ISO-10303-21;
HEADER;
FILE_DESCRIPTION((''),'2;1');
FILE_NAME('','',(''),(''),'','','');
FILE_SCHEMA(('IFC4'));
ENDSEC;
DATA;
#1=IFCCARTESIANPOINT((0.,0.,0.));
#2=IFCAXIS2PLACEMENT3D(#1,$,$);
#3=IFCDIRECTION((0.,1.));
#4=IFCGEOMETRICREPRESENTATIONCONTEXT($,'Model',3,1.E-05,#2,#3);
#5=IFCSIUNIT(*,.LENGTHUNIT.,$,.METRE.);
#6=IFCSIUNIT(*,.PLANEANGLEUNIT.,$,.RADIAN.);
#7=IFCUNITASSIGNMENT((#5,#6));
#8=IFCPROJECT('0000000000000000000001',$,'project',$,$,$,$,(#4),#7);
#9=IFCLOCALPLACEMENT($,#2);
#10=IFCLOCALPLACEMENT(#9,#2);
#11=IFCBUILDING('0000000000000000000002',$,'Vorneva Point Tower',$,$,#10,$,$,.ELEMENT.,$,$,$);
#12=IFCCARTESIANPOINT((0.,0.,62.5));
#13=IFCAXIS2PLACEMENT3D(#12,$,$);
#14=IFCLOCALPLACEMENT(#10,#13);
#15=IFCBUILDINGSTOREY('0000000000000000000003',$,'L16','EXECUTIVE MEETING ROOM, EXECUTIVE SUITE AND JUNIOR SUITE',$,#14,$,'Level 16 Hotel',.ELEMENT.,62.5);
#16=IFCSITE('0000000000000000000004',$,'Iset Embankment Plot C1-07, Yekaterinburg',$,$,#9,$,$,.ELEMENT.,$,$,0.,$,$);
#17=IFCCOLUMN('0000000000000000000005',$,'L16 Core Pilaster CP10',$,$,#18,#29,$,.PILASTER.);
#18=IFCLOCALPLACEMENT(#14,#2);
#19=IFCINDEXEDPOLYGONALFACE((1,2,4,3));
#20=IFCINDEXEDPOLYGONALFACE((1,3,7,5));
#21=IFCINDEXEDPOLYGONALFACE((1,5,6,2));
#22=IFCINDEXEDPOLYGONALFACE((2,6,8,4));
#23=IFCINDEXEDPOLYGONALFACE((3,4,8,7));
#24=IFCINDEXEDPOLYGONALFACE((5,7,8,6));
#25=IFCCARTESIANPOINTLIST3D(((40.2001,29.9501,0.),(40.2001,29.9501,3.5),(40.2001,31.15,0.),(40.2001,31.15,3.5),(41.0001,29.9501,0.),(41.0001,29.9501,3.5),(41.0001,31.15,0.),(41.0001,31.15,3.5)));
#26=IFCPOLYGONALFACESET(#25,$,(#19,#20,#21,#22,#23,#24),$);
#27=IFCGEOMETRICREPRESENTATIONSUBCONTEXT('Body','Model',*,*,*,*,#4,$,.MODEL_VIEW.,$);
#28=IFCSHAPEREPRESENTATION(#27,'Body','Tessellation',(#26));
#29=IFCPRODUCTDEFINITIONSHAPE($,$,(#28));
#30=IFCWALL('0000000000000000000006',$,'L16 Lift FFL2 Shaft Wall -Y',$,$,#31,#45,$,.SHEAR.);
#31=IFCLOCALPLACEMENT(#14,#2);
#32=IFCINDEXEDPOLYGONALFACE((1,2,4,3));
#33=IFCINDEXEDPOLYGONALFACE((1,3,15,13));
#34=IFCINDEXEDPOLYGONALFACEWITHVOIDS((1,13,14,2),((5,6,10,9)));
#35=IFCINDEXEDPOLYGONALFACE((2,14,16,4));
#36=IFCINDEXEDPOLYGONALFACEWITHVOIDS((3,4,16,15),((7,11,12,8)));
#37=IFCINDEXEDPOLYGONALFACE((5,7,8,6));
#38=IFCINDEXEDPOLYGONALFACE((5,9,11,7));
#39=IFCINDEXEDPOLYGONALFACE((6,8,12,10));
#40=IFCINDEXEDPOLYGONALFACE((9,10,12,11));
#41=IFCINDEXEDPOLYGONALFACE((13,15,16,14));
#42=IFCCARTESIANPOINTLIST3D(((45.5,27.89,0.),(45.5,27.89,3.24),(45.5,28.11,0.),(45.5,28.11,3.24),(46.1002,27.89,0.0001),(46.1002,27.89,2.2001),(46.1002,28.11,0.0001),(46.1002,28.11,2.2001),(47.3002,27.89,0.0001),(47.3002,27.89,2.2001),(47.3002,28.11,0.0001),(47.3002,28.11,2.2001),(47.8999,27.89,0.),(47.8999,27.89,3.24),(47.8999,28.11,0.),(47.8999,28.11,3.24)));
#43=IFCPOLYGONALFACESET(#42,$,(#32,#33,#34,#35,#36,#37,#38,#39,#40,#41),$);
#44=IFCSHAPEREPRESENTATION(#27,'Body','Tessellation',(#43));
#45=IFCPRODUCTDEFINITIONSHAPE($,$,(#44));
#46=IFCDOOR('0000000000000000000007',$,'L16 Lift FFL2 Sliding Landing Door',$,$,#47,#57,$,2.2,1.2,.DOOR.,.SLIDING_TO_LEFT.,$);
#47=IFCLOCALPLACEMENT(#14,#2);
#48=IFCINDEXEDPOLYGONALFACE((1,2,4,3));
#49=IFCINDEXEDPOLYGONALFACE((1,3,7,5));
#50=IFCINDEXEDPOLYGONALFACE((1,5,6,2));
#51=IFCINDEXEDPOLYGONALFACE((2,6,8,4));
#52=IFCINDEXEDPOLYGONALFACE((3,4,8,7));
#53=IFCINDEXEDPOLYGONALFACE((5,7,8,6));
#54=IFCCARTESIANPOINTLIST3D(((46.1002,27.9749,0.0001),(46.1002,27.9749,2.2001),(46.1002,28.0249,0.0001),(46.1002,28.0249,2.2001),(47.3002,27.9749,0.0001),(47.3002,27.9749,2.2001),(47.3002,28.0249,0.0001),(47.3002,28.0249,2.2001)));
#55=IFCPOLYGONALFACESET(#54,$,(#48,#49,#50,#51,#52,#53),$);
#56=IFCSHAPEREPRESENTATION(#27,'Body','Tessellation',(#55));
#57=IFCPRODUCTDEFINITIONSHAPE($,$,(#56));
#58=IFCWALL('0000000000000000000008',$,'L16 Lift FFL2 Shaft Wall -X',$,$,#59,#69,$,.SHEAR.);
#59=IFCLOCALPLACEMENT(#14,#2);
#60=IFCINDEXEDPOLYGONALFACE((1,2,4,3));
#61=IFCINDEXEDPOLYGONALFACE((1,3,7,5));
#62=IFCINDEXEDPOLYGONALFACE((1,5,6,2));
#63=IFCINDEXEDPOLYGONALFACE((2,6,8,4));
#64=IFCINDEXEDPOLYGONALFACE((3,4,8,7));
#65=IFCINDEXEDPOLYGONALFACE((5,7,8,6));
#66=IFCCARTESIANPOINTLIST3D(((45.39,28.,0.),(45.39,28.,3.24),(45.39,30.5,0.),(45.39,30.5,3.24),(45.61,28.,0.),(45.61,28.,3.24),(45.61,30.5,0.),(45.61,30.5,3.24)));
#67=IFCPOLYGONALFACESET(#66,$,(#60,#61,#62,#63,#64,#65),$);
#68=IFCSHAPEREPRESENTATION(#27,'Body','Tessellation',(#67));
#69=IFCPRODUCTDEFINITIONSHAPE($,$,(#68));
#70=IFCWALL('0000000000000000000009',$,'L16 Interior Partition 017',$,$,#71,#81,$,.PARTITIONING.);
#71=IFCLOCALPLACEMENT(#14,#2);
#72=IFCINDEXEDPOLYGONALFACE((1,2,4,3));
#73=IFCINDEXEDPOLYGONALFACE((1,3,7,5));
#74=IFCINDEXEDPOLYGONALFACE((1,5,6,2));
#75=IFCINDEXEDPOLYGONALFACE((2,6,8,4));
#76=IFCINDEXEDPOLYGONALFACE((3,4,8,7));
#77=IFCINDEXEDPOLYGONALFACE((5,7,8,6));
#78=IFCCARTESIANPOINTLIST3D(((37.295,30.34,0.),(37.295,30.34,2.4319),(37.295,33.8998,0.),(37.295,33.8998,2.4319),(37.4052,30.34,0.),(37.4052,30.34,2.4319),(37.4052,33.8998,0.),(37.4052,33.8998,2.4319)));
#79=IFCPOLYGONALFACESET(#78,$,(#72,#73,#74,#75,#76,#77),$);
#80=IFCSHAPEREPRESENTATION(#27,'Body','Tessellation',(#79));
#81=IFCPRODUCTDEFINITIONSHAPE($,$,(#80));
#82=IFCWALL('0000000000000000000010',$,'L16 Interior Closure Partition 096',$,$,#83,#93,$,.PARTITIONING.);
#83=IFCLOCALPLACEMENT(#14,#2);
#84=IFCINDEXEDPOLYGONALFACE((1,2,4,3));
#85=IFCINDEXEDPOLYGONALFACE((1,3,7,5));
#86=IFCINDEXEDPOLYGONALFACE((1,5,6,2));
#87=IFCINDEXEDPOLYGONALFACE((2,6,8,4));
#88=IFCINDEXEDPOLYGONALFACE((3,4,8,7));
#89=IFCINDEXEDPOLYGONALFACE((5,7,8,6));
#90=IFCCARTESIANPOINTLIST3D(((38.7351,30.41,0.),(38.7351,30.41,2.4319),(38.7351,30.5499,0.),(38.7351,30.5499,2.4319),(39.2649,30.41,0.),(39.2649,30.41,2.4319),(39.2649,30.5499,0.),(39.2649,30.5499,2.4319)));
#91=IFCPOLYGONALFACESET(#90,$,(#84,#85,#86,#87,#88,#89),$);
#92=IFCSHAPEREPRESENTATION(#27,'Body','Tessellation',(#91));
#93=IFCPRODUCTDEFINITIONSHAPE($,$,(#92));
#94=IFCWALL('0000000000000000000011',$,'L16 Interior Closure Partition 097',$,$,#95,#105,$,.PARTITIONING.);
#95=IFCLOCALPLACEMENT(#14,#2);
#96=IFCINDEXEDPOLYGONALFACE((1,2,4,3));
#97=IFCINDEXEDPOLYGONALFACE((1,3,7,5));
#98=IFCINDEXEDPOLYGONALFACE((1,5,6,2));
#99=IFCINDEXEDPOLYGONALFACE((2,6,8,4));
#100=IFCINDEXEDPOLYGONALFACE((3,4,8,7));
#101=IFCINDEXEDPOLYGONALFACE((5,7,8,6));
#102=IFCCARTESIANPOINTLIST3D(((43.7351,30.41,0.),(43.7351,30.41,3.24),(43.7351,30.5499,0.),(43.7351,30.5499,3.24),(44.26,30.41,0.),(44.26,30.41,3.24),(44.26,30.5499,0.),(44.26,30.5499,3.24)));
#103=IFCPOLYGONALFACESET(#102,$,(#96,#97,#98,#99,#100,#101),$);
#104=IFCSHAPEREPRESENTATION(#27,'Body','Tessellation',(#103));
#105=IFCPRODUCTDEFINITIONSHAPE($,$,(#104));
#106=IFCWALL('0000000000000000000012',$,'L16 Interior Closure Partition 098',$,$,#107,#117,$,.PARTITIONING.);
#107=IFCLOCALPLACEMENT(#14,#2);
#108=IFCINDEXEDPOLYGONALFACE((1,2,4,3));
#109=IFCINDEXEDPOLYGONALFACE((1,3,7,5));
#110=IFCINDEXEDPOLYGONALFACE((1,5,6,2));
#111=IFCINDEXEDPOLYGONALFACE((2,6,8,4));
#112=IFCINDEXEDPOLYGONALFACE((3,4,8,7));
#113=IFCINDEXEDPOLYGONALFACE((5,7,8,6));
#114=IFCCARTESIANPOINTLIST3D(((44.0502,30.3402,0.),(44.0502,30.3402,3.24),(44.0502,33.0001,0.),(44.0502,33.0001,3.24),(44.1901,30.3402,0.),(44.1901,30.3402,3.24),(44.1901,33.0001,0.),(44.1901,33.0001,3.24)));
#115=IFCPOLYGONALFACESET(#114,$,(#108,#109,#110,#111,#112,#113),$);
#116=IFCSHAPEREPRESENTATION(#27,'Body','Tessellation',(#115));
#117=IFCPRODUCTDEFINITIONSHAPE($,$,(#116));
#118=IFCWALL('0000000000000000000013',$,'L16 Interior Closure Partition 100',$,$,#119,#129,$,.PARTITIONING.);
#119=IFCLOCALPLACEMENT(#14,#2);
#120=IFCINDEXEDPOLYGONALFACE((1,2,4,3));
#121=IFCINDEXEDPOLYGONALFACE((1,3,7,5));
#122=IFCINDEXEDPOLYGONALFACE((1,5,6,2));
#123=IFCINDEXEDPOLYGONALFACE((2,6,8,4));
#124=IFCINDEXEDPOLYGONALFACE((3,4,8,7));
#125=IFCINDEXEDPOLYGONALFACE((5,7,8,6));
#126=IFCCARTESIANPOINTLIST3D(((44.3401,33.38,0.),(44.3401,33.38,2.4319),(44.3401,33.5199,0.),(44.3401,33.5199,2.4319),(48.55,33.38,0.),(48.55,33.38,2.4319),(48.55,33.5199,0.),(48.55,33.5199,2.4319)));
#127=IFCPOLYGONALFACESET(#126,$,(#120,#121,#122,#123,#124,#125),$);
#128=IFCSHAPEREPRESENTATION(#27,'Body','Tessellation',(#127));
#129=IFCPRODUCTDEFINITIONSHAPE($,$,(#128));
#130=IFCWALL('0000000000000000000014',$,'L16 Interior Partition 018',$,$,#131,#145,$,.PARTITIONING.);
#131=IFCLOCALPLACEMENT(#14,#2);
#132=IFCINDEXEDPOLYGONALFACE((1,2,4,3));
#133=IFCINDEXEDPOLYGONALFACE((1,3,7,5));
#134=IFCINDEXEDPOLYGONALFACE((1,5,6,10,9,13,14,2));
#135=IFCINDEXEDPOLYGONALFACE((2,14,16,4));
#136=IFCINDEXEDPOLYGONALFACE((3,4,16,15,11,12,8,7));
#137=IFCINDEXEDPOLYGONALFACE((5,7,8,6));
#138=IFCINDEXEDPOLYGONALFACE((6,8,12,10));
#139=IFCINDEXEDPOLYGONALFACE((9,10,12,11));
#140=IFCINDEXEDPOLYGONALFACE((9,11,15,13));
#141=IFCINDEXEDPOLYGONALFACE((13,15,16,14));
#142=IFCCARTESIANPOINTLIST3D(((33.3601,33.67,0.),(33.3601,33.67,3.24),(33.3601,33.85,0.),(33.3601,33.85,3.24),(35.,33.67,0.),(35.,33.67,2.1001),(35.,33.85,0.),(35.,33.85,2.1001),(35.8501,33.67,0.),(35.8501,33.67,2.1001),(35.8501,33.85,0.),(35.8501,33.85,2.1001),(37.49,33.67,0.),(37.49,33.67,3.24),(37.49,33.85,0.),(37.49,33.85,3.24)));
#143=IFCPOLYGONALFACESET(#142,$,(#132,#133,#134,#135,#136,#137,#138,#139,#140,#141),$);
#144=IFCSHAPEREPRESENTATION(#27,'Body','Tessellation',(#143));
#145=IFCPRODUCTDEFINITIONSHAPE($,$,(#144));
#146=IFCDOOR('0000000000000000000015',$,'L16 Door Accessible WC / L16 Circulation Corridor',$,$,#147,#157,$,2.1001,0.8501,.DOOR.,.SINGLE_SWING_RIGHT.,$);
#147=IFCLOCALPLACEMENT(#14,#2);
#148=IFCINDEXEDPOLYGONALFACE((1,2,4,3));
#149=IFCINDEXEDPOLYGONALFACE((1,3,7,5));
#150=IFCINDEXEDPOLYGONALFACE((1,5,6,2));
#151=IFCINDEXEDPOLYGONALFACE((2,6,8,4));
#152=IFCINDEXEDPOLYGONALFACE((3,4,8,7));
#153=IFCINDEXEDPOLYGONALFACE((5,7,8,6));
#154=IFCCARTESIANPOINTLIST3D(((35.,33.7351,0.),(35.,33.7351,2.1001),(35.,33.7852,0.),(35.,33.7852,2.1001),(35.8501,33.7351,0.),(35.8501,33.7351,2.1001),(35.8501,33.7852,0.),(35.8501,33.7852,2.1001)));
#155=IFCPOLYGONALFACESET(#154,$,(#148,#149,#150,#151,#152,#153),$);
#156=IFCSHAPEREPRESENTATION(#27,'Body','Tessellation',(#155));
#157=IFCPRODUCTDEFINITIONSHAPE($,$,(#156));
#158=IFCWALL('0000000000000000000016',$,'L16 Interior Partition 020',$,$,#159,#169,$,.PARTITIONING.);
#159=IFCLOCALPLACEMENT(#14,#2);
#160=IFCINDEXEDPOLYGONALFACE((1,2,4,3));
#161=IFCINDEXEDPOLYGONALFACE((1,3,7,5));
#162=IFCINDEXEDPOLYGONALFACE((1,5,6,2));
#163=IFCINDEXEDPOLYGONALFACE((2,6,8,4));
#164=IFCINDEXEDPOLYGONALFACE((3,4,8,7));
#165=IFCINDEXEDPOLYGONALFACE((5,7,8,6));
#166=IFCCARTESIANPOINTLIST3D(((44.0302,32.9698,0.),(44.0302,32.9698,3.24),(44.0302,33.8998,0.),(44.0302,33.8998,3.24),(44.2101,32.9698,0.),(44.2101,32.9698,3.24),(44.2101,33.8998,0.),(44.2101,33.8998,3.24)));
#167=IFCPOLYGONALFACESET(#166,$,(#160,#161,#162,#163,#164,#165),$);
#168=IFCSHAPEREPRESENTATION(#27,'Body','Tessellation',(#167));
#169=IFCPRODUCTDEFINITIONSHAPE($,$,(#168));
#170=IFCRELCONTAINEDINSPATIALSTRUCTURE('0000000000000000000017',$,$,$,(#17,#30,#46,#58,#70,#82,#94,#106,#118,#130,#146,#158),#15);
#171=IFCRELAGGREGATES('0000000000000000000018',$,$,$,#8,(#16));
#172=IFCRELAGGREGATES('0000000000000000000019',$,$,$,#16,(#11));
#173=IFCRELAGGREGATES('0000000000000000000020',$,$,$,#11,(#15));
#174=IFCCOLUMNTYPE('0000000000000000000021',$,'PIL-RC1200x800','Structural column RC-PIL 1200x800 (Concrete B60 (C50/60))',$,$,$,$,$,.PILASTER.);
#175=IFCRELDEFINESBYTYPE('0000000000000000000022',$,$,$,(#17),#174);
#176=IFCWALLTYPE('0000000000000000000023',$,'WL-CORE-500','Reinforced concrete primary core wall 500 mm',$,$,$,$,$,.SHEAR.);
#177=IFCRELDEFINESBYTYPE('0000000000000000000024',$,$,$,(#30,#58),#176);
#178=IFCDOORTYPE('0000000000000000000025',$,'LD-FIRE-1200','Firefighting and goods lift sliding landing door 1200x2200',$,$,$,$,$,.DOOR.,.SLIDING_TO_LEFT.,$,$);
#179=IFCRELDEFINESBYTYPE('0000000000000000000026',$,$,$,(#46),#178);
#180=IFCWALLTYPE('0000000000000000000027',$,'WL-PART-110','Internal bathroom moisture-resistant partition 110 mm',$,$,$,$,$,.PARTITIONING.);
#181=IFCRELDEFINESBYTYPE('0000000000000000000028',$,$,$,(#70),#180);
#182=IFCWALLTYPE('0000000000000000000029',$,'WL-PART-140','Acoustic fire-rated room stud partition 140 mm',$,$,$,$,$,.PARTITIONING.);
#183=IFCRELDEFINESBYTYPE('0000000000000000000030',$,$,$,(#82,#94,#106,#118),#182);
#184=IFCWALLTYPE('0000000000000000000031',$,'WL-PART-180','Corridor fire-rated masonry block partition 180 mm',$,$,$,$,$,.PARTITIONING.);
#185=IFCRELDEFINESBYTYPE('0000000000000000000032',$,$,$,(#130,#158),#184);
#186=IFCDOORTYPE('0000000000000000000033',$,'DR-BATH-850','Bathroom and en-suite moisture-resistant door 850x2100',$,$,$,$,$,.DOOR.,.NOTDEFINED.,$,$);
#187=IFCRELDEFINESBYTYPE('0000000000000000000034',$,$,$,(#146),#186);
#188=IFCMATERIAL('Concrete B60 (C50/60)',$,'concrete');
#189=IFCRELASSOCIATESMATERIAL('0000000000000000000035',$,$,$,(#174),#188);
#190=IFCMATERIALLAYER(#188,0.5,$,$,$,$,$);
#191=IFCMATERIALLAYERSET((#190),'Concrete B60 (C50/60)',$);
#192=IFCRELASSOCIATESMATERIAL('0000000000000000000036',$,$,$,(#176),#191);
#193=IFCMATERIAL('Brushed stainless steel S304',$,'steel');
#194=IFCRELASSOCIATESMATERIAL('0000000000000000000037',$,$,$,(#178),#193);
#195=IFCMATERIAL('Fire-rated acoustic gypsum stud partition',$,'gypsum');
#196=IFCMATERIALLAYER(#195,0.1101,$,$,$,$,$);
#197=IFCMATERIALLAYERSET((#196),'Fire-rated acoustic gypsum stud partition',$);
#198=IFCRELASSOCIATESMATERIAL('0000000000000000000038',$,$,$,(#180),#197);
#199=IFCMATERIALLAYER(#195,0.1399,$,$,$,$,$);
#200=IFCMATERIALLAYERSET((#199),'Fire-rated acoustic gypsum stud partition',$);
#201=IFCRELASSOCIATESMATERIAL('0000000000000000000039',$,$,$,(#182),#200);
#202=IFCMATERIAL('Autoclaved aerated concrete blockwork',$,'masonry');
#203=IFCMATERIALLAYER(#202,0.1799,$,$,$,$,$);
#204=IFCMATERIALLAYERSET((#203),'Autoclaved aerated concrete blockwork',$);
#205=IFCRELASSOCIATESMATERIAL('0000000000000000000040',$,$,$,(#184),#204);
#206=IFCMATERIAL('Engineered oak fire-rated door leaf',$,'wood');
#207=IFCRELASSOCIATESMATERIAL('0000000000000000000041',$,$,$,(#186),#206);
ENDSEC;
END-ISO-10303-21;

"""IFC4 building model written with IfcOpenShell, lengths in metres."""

from ifc_helpers import new_model, si_unit, direction, frame, frame_2d, origin, origin_2d, place, context, subcontext, project, spatial, rectangle, extrude, material, layer, layer_set, material_profile, profile_set, type_object, element, fill, save


model = new_model("IFC4")

# Units and contexts
model_context = context("Model", 3, precision=1e-05, world=origin(), true_north=direction((0.0, 1.0)))
body_context = subcontext(model_context, "Body", "Model", "MODEL_VIEW")
ifc_project = project(units=[si_unit("LENGTHUNIT", "METRE"), si_unit("PLANEANGLEUNIT", "RADIAN")], contexts=[model_context])

# Site, building, storey
site_placement = place(None, origin())
site = spatial("IfcSite", under=ifc_project, at=site_placement, Name="Iset Embankment Plot C1-07, Yekaterinburg", CompositionType="ELEMENT", RefElevation=0.0)
building_placement = place(site_placement, origin())
building = spatial("IfcBuilding", under=site, at=building_placement, Name="Vorneva Point Tower", CompositionType="ELEMENT")
storey_placement = place(building_placement, frame((0.0, 0.0, 62.5)))
storey = spatial("IfcBuildingStorey", under=building, at=storey_placement, Name="L16", Description="EXECUTIVE MEETING ROOM, EXECUTIVE SUITE AND JUNIOR SUITE", LongName="Level 16 Hotel", CompositionType="ELEMENT", Elevation=62.5)

# Column
ifc_material_1 = material(Name="Concrete B60 (C50/60)", Category="concrete")
ifc_material_profile = material_profile(ifc_material_1, rectangle(XDim=0.8, YDim=1.2, at=origin_2d()), Name="RC-PIL 1200x800")
ifc_profile_set = profile_set([ifc_material_profile], Name="Concrete B60 (C50/60)")
column_type = type_object("IfcColumnType", Name="PIL-RC1200x800", Description="Structural column RC-PIL 1200x800 (Concrete B60 (C50/60))", PredefinedType="PILASTER", material=ifc_profile_set)
column_placement = place(storey_placement, frame((40.6001, 30.55, 0.0), z_axis=(0.0, 0.0, 1.0), x_axis=(1.0, 0.0, 0.0)))
element("IfcColumn", 1, at=column_placement, inside=storey, type_object=column_type, Name="L16 Core Pilaster CP10", PredefinedType="PILASTER", context=body_context, shape_type="SweptSolid", body=[
    extrude(rectangle(XDim=0.8, YDim=1.2, at=origin_2d()), origin(), (0.0, 0.0, 1.0), 3.5),
])

# Wall, opening, door
ifc_layer_1 = layer(ifc_material_1, 0.5)
ifc_layer_set_1 = layer_set([ifc_layer_1], Name="Concrete B60 (C50/60)")
wall_type_1 = type_object("IfcWallType", Name="WL-CORE-500", Description="Reinforced concrete primary core wall 500 mm", PredefinedType="SHEAR", material=ifc_layer_set_1)
wall_1_placement = place(storey_placement, frame((45.5, 28.0, 0.0), z_axis=(0.0, 0.0, 1.0), x_axis=(1.0, 0.0, 0.0)))
wall_1 = element("IfcWall", 2, at=wall_1_placement, inside=storey, type_object=wall_type_1, Name="L16 Lift FFL2 Shaft Wall -Y", PredefinedType="SHEAR", context=body_context, shape_type="SweptSolid", body=[
    extrude(rectangle(XDim=2.3999, YDim=0.22, at=frame_2d((1.2, 0.0))), origin(), (0.0, 0.0, 1.0), 3.24),
])
opening_1_placement = place(wall_1_placement, frame((0.6001, 0.0, 0.0)))
opening_1 = element("IfcOpeningElement", 3, at=opening_1_placement, cuts=wall_1, PredefinedType="OPENING", context=body_context, shape_type="SweptSolid", body=[
    extrude(rectangle(XDim=1.2, YDim=2.2, at=frame_2d((0.6001, 1.1001))), frame((0.0, 0.125, 0.0), z_axis=(0.0, -1.0, 0.0), x_axis=(1.0, 0.0, 0.0)), (0.0, 0.0, 1.0), 0.2498),
])
ifc_material_2 = material(Name="Brushed stainless steel S304", Category="steel")
door_type_1 = type_object("IfcDoorType", Name="LD-FIRE-1200", Description="Firefighting and goods lift sliding landing door 1200x2200", OperationType="SLIDING_TO_LEFT", PredefinedType="DOOR", material=ifc_material_2)
door_1_placement = place(opening_1_placement, origin())
door_1 = element("IfcDoor", 4, at=door_1_placement, inside=storey, type_object=door_type_1, Name="L16 Lift FFL2 Sliding Landing Door", OperationType="SLIDING_TO_LEFT", OverallHeight=2.2, OverallWidth=1.2, PredefinedType="DOOR", context=body_context, shape_type="SweptSolid", body=[
    extrude(rectangle(XDim=1.2, YDim=2.2, at=frame_2d((0.6001, 1.1001))), frame((0.0, 0.0249, 0.0), z_axis=(0.0, -1.0, 0.0), x_axis=(1.0, 0.0, 0.0)), (0.0, 0.0, 1.0), 0.05),
])
fill(opening_1, door_1)

# Walls
wall_2_placement = place(storey_placement, frame((45.5, 30.5, 0.0), z_axis=(0.0, 0.0, 1.0), x_axis=(0.0, -1.0, 0.0)))
element("IfcWall", 5, at=wall_2_placement, inside=storey, type_object=wall_type_1, Name="L16 Lift FFL2 Shaft Wall -X", PredefinedType="SHEAR", context=body_context, shape_type="SweptSolid", body=[
    extrude(rectangle(XDim=2.5, YDim=0.22, at=frame_2d((1.25, 0.0))), origin(), (0.0, 0.0, 1.0), 3.24),
])
ifc_material_3 = material(Name="Fire-rated acoustic gypsum stud partition", Category="gypsum")
ifc_layer_2 = layer(ifc_material_3, 0.1101)
ifc_layer_set_2 = layer_set([ifc_layer_2], Name="Fire-rated acoustic gypsum stud partition")
wall_type_2 = type_object("IfcWallType", Name="WL-PART-110", Description="Internal bathroom moisture-resistant partition 110 mm", PredefinedType="PARTITIONING", material=ifc_layer_set_2)
wall_3_placement = place(storey_placement, frame((37.3501, 30.3401, 0.0), z_axis=(0.0, 0.0, 1.0), x_axis=(0.0, 1.0, 0.0)))
element("IfcWall", 6, at=wall_3_placement, inside=storey, type_object=wall_type_2, Name="L16 Interior Partition 017", PredefinedType="PARTITIONING", context=body_context, shape_type="SweptSolid", body=[
    extrude(rectangle(XDim=3.5598, YDim=0.1101, at=frame_2d((1.7798, 0.0))), origin(), (0.0, 0.0, 1.0), 2.4319),
])
ifc_layer_3 = layer(ifc_material_3, 0.1399)
ifc_layer_set_3 = layer_set([ifc_layer_3], Name="Fire-rated acoustic gypsum stud partition")
wall_type_3 = type_object("IfcWallType", Name="WL-PART-140", Description="Acoustic fire-rated room stud partition 140 mm", PredefinedType="PARTITIONING", material=ifc_layer_set_3)
wall_4_placement = place(storey_placement, frame((38.7351, 30.48, 0.0), z_axis=(0.0, 0.0, 1.0), x_axis=(1.0, 0.0, 0.0)))
element("IfcWall", 7, at=wall_4_placement, inside=storey, type_object=wall_type_3, Name="L16 Interior Closure Partition 096", PredefinedType="PARTITIONING", context=body_context, shape_type="SweptSolid", body=[
    extrude(rectangle(XDim=0.5298, YDim=0.1399, at=frame_2d((0.2649, 0.0))), origin(), (0.0, 0.0, 1.0), 2.4319),
])
wall_5_placement = place(storey_placement, frame((43.7351, 30.48, 0.0), z_axis=(0.0, 0.0, 1.0), x_axis=(1.0, 0.0, 0.0)))
element("IfcWall", 8, at=wall_5_placement, inside=storey, type_object=wall_type_3, Name="L16 Interior Closure Partition 097", PredefinedType="PARTITIONING", context=body_context, shape_type="SweptSolid", body=[
    extrude(rectangle(XDim=0.5249, YDim=0.1399, at=frame_2d((0.2625, 0.0))), origin(), (0.0, 0.0, 1.0), 3.24),
])
wall_6_placement = place(storey_placement, frame((44.1201, 30.3401, 0.0), z_axis=(0.0, 0.0, 1.0), x_axis=(0.0, 1.0, 0.0)))
element("IfcWall", 9, at=wall_6_placement, inside=storey, type_object=wall_type_3, Name="L16 Interior Closure Partition 098", PredefinedType="PARTITIONING", context=body_context, shape_type="SweptSolid", body=[
    extrude(rectangle(XDim=2.6599, YDim=0.1399, at=frame_2d((1.3301, 0.0))), origin(), (0.0, 0.0, 1.0), 3.24),
])
wall_7_placement = place(storey_placement, frame((44.3401, 33.45, 0.0), z_axis=(0.0, 0.0, 1.0), x_axis=(1.0, 0.0, 0.0)))
element("IfcWall", 10, at=wall_7_placement, inside=storey, type_object=wall_type_3, Name="L16 Interior Closure Partition 100", PredefinedType="PARTITIONING", context=body_context, shape_type="SweptSolid", body=[
    extrude(rectangle(XDim=4.21, YDim=0.1399, at=frame_2d((2.105, 0.0))), origin(), (0.0, 0.0, 1.0), 2.4319),
])

# Wall, opening, door
ifc_material_4 = material(Name="Autoclaved aerated concrete blockwork", Category="masonry")
ifc_layer_4 = layer(ifc_material_4, 0.1799)
ifc_layer_set_4 = layer_set([ifc_layer_4], Name="Autoclaved aerated concrete blockwork")
wall_type_4 = type_object("IfcWallType", Name="WL-PART-180", Description="Corridor fire-rated masonry block partition 180 mm", PredefinedType="PARTITIONING", material=ifc_layer_set_4)
wall_8_placement = place(storey_placement, frame((37.49, 33.76, 0.0), z_axis=(0.0, 0.0, 1.0), x_axis=(-1.0, 0.0, 0.0)))
wall_8 = element("IfcWall", 11, at=wall_8_placement, inside=storey, type_object=wall_type_4, Name="L16 Interior Partition 018", PredefinedType="PARTITIONING", context=body_context, shape_type="SweptSolid", body=[
    extrude(rectangle(XDim=4.1299, YDim=0.1799, at=frame_2d((2.0649, 0.0))), origin(), (0.0, 0.0, 1.0), 3.24),
])
opening_2_placement = place(wall_8_placement, frame((1.6399, 0.0, 0.0)))
opening_2 = element("IfcOpeningElement", 12, at=opening_2_placement, cuts=wall_8, PredefinedType="OPENING", context=body_context, shape_type="SweptSolid", body=[
    extrude(rectangle(XDim=0.8501, YDim=2.1001, at=frame_2d((0.425, 1.05))), frame((0.0, 0.105, 0.0), z_axis=(0.0, -1.0, 0.0), x_axis=(1.0, 0.0, 0.0)), (0.0, 0.0, 1.0), 0.2097),
])
ifc_material_5 = material(Name="Engineered oak fire-rated door leaf", Category="wood")
door_type_2 = type_object("IfcDoorType", Name="DR-BATH-850", Description="Bathroom and en-suite moisture-resistant door 850x2100", OperationType="NOTDEFINED", PredefinedType="DOOR", material=ifc_material_5)
door_2_placement = place(opening_2_placement, origin())
door_2 = element("IfcDoor", 13, at=door_2_placement, inside=storey, type_object=door_type_2, Name="L16 Door Accessible WC / L16 Circulation Corridor", OperationType="SINGLE_SWING_RIGHT", OverallHeight=2.1001, OverallWidth=0.8501, PredefinedType="DOOR", context=body_context, shape_type="SweptSolid", body=[
    extrude(rectangle(XDim=0.8501, YDim=2.1001, at=frame_2d((0.425, 1.05))), frame((0.0, 0.0249, 0.0), z_axis=(0.0, -1.0, 0.0), x_axis=(1.0, 0.0, 0.0)), (0.0, 0.0, 1.0), 0.05),
])
fill(opening_2, door_2)

# Wall
wall_9_placement = place(storey_placement, frame((44.1201, 32.97, 0.0), z_axis=(0.0, 0.0, 1.0), x_axis=(0.0, 1.0, 0.0)))
element("IfcWall", 14, at=wall_9_placement, inside=storey, type_object=wall_type_4, Name="L16 Interior Partition 020", PredefinedType="PARTITIONING", context=body_context, shape_type="SweptSolid", body=[
    extrude(rectangle(XDim=0.9299, YDim=0.1799, at=frame_2d((0.4648, 0.0))), origin(), (0.0, 0.0, 1.0), 3.24),
])

save(model, "model.ifc")
